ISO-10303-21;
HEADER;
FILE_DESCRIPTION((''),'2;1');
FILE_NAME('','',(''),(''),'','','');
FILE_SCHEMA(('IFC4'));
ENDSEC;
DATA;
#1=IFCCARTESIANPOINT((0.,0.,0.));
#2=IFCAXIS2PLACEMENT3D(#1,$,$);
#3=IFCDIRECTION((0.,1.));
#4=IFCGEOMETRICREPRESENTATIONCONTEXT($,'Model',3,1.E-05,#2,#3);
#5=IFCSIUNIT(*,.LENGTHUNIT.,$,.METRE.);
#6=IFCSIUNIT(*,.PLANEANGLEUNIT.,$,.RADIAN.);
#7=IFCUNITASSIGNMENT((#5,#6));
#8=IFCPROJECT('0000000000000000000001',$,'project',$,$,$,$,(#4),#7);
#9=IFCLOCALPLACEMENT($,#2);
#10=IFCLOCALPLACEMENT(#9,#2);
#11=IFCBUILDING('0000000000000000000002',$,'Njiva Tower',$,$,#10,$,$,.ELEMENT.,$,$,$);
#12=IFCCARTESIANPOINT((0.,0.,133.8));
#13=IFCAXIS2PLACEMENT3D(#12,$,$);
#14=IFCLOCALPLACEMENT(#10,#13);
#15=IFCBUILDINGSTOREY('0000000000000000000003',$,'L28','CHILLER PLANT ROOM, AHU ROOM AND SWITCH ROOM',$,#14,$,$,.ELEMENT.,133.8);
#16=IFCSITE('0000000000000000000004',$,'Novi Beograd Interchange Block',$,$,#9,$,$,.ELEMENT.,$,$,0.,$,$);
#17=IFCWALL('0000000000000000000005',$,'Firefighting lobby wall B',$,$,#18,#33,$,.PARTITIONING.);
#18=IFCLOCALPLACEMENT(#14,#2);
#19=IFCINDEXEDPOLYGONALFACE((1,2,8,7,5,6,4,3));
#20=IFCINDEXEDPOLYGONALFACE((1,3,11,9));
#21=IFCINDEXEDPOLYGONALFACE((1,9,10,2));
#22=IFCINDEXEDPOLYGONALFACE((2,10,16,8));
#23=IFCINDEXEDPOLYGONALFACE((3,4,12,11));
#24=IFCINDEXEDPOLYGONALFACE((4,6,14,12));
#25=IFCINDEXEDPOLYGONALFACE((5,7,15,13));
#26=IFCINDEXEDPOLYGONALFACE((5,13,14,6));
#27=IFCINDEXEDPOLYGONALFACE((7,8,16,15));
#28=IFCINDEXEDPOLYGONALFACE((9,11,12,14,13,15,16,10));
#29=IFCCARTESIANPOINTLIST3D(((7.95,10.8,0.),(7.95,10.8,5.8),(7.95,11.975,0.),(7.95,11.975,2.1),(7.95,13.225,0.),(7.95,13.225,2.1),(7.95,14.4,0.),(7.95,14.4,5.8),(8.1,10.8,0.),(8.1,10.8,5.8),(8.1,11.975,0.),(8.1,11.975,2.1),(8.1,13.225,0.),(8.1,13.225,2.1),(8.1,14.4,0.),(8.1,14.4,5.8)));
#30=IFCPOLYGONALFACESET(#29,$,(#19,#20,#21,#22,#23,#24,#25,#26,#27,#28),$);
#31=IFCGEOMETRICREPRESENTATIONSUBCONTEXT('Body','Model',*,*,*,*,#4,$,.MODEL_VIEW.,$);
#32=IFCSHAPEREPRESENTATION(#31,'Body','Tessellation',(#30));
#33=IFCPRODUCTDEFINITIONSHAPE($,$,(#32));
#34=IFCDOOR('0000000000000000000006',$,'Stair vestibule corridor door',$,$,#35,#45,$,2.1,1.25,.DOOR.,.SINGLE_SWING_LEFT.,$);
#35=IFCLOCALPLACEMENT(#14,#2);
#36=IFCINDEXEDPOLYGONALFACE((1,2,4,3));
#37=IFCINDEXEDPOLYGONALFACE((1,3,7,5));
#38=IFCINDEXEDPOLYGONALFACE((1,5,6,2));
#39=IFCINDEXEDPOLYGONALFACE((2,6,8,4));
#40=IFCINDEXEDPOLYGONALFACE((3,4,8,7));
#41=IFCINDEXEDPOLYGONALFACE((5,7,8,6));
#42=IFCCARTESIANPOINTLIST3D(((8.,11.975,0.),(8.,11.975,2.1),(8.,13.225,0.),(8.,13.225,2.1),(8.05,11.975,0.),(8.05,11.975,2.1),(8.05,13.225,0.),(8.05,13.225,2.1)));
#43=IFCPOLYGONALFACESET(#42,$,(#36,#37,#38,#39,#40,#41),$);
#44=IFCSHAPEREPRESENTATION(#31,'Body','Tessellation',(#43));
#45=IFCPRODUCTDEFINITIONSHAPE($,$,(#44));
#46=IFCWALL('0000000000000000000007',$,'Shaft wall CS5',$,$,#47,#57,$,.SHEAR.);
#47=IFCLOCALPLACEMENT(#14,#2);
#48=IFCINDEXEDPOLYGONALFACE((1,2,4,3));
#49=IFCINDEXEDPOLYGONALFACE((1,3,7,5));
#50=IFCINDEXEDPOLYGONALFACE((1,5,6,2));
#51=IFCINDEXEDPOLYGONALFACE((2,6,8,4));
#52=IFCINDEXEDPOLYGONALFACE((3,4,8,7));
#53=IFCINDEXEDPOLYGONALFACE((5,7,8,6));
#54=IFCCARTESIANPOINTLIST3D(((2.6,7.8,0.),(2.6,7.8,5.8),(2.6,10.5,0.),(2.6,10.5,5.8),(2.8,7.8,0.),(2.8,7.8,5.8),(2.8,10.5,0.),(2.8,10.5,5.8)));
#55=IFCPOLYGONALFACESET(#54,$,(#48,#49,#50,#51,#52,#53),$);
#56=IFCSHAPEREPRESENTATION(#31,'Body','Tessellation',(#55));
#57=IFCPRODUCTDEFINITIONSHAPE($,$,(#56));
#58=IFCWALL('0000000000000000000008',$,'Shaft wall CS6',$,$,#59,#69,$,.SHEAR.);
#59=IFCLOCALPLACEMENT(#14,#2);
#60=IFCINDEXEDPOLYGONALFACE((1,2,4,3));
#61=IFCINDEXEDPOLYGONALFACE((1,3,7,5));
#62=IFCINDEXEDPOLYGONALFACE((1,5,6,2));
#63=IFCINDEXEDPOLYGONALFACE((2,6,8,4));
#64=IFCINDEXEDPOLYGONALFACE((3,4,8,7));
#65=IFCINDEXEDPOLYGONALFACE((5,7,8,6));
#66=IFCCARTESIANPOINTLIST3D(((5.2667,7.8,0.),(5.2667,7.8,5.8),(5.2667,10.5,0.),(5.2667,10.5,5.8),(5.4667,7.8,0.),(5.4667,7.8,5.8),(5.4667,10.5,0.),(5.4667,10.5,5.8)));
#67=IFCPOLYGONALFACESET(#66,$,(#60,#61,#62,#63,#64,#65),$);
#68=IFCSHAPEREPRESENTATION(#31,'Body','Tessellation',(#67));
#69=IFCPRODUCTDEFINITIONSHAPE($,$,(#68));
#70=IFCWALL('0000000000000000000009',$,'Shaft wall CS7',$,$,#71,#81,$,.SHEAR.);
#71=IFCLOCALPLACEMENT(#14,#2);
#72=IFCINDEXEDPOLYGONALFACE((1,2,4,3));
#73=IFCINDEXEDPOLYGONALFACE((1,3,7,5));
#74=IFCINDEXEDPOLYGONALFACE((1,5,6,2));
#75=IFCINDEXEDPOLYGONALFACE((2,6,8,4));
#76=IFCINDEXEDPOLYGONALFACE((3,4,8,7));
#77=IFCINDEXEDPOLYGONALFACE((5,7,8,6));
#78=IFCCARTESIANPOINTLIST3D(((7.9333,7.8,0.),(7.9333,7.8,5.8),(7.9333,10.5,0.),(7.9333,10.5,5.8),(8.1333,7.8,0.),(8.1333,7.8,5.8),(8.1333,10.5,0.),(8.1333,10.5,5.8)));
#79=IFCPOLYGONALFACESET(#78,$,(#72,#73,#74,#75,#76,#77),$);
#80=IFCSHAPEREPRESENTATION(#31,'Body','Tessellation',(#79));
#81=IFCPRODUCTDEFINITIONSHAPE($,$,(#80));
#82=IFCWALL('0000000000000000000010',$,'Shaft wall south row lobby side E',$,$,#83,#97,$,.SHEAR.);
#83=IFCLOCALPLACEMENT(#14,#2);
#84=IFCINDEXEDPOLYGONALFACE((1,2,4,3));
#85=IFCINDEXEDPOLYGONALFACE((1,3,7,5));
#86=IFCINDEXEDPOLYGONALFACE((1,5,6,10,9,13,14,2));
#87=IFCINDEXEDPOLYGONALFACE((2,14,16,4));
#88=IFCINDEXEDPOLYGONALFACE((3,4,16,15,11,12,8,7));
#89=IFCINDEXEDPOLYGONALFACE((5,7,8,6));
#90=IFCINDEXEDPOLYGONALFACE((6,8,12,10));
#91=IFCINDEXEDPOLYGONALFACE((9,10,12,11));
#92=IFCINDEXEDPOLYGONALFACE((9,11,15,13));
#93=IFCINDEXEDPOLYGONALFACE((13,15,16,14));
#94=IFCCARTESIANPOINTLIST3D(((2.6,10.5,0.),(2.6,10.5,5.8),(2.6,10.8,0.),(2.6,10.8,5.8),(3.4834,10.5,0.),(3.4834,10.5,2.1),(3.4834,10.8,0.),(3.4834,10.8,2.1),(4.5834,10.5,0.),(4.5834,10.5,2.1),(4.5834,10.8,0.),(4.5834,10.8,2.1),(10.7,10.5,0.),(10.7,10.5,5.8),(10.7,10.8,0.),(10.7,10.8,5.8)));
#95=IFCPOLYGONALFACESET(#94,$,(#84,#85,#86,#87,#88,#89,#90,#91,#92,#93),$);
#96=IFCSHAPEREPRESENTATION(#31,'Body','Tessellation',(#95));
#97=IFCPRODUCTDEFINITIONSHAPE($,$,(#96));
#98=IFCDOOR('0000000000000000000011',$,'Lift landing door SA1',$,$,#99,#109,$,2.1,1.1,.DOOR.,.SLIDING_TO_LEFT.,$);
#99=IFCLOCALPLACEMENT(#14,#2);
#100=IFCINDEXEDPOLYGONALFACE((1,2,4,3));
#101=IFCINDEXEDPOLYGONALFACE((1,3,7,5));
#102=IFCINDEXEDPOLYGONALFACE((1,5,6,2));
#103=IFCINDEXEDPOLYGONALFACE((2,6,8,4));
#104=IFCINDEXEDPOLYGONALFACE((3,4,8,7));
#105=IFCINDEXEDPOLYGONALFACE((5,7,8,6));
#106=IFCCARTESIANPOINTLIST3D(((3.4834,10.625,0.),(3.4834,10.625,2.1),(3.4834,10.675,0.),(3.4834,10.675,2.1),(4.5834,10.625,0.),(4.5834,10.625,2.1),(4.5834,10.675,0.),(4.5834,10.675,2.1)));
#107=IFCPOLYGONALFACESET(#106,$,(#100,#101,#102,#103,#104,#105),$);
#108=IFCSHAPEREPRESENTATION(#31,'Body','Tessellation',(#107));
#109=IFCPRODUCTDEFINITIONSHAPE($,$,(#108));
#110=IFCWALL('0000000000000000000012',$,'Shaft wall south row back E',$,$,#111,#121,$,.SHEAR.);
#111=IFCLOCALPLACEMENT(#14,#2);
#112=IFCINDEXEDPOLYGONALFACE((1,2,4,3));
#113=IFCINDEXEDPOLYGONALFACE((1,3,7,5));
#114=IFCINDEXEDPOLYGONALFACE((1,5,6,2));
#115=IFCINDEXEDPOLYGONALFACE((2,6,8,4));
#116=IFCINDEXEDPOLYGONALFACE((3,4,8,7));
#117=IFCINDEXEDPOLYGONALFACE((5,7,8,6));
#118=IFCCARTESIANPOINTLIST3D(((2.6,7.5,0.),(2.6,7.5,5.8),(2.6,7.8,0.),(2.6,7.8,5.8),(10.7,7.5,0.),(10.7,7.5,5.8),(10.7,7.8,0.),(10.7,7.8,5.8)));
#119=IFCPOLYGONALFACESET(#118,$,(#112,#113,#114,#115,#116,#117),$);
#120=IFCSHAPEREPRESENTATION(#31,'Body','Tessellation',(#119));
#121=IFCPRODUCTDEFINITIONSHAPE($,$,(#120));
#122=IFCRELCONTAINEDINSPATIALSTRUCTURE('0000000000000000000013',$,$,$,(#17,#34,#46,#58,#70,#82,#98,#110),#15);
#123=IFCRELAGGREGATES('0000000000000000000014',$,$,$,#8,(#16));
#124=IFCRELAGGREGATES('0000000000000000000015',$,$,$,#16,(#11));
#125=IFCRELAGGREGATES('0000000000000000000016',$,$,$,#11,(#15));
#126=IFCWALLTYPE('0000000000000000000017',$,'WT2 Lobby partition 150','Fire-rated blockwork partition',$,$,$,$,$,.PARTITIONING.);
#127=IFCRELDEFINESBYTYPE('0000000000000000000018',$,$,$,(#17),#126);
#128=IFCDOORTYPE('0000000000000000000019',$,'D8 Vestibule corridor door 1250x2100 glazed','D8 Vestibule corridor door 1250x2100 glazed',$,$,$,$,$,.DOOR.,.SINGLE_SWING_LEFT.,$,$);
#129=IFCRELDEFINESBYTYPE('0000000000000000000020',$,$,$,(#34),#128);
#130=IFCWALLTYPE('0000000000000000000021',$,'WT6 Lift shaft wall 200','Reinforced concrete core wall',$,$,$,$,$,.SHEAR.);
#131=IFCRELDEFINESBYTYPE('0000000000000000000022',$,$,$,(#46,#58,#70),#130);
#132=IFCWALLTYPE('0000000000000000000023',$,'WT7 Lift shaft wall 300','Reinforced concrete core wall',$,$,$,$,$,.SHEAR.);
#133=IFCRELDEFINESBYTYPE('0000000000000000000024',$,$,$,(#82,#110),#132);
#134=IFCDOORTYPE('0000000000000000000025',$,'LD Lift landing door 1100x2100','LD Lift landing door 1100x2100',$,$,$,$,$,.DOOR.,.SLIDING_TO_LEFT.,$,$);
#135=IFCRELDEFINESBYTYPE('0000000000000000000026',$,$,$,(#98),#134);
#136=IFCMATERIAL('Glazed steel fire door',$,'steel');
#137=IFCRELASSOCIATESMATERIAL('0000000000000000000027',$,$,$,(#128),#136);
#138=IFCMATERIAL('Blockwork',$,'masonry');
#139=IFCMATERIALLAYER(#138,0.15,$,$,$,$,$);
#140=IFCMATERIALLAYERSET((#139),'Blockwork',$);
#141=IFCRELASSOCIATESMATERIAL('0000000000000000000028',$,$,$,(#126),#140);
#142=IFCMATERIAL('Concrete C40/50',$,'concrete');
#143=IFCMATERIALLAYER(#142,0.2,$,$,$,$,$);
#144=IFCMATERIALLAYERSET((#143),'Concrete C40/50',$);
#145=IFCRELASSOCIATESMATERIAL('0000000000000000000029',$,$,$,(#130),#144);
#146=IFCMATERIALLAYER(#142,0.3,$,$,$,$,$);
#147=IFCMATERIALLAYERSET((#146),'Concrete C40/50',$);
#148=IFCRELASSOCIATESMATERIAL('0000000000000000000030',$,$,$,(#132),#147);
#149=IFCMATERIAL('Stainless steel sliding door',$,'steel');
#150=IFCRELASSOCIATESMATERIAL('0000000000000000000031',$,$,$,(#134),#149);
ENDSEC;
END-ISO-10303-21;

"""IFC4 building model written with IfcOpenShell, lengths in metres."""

from ifc_helpers import new_model, si_unit, direction, frame, frame_2d, origin, place, context, subcontext, project, spatial, rectangle, extrude, material, layer, layer_set, type_object, element, fill, save


model = new_model("IFC4")

# Units and contexts
model_context = context("Model", 3, precision=1e-05, world=origin(), true_north=direction((0.0, 1.0)))
body_context = subcontext(model_context, "Body", "Model", "MODEL_VIEW")
ifc_project = project(units=[si_unit("LENGTHUNIT", "METRE"), si_unit("PLANEANGLEUNIT", "RADIAN")], contexts=[model_context])

# Site, building, storey
site_placement = place(None, origin())
site = spatial("IfcSite", under=ifc_project, at=site_placement, Name="Novi Beograd Interchange Block", CompositionType="ELEMENT", RefElevation=0.0)
building_placement = place(site_placement, origin())
building = spatial("IfcBuilding", under=site, at=building_placement, Name="Njiva Tower", CompositionType="ELEMENT")
storey_placement = place(building_placement, frame((0.0, 0.0, 133.8)))
storey = spatial("IfcBuildingStorey", under=building, at=storey_placement, Name="L28", Description="CHILLER PLANT ROOM, AHU ROOM AND SWITCH ROOM", CompositionType="ELEMENT", Elevation=133.8)

# Shared definitions
ifc_material_1 = material(Name="Blockwork", Category="masonry")

# Shared definitions
ifc_material_2 = material(Name="Concrete C40/50", Category="concrete")
ifc_material_3 = material(Name="Glazed steel fire door", Category="steel")
door_type_1 = type_object("IfcDoorType", Name="D8 Vestibule corridor door 1250x2100 glazed", Description="D8 Vestibule corridor door 1250x2100 glazed", OperationType="SINGLE_SWING_LEFT", PredefinedType="DOOR", material=ifc_material_3)

# Wall, opening, door
ifc_layer_1 = layer(ifc_material_1, 0.15)
ifc_layer_set_1 = layer_set([ifc_layer_1], Name="Blockwork")
wall_type_1 = type_object("IfcWallType", Name="WT2 Lobby partition 150", Description="Fire-rated blockwork partition", PredefinedType="PARTITIONING", material=ifc_layer_set_1)
wall_1_placement = place(storey_placement, frame((8.025, 10.8, 0.0), z_axis=(0.0, 0.0, 1.0), x_axis=(0.0, 1.0, 0.0)))
wall_1 = element("IfcWall", 1, at=wall_1_placement, inside=storey, type_object=wall_type_1, Name="Firefighting lobby wall B", PredefinedType="PARTITIONING", context=body_context, shape_type="SweptSolid", body=[
    extrude(rectangle(XDim=3.6, YDim=0.15, at=frame_2d((1.8, 0.0))), origin(), (0.0, 0.0, 1.0), 5.8),
])
opening_1_placement = place(wall_1_placement, frame((1.175, 0.0, 0.0)))
opening_1 = element("IfcOpeningElement", 2, at=opening_1_placement, cuts=wall_1, PredefinedType="OPENING", context=body_context, shape_type="SweptSolid", body=[
    extrude(rectangle(XDim=1.25, YDim=2.1, at=frame_2d((0.625, 1.05))), frame((0.0, 0.085, 0.0), z_axis=(0.0, -1.0, 0.0), x_axis=(1.0, 0.0, 0.0)), (0.0, 0.0, 1.0), 0.17),
])
door_1_placement = place(opening_1_placement, origin())
door_1 = element("IfcDoor", 3, at=door_1_placement, inside=storey, type_object=door_type_1, Name="Stair vestibule corridor door", OperationType="SINGLE_SWING_LEFT", OverallHeight=2.1, OverallWidth=1.25, PredefinedType="DOOR", context=body_context, shape_type="SweptSolid", body=[
    extrude(rectangle(XDim=1.25, YDim=2.1, at=frame_2d((0.625, 1.05))), frame((0.0, 0.025, 0.0), z_axis=(0.0, -1.0, 0.0), x_axis=(1.0, 0.0, 0.0)), (0.0, 0.0, 1.0), 0.05),
])
fill(opening_1, door_1)

# Walls
ifc_layer_2 = layer(ifc_material_2, 0.2)
ifc_layer_set_2 = layer_set([ifc_layer_2], Name="Concrete C40/50")
wall_type_2 = type_object("IfcWallType", Name="WT6 Lift shaft wall 200", Description="Reinforced concrete core wall", PredefinedType="SHEAR", material=ifc_layer_set_2)
for number, where, z_axis, x_axis, name in (
    (4, (2.7, 7.8, 0.0), (0.0, 0.0, 1.0), (0.0, 1.0, 0.0), "Shaft wall CS5"),
    (5, (5.3667, 7.8, 0.0), (0.0, 0.0, 1.0), (0.0, 1.0, 0.0), "Shaft wall CS6"),
    (6, (8.0333, 7.8, 0.0), (0.0, 0.0, 1.0), (0.0, 1.0, 0.0), "Shaft wall CS7"),
):
    element("IfcWall", number, at=place(storey_placement, frame(where, z_axis=z_axis, x_axis=x_axis)), inside=storey, type_object=wall_type_2, Name=name, PredefinedType="SHEAR", context=body_context, shape_type="SweptSolid", body=[
        extrude(rectangle(XDim=2.7, YDim=0.2, at=frame_2d((1.35, 0.0))), origin(), (0.0, 0.0, 1.0), 5.8),
    ])

# Wall, opening, door
ifc_layer_3 = layer(ifc_material_2, 0.3)
ifc_layer_set_3 = layer_set([ifc_layer_3], Name="Concrete C40/50")
wall_type_3 = type_object("IfcWallType", Name="WT7 Lift shaft wall 300", Description="Reinforced concrete core wall", PredefinedType="SHEAR", material=ifc_layer_set_3)
wall_2_placement = place(storey_placement, frame((2.6, 10.65, 0.0), z_axis=(0.0, 0.0, 1.0), x_axis=(1.0, 0.0, 0.0)))
wall_2 = element("IfcWall", 7, at=wall_2_placement, inside=storey, type_object=wall_type_3, Name="Shaft wall south row lobby side E", PredefinedType="SHEAR", context=body_context, shape_type="SweptSolid", body=[
    extrude(rectangle(XDim=8.1, YDim=0.3, at=frame_2d((4.05, 0.0))), origin(), (0.0, 0.0, 1.0), 5.8),
])
opening_2_placement = place(wall_2_placement, frame((0.8834, 0.0, 0.0)))
opening_2 = element("IfcOpeningElement", 8, at=opening_2_placement, cuts=wall_2, PredefinedType="OPENING", context=body_context, shape_type="SweptSolid", body=[
    extrude(rectangle(XDim=1.1, YDim=2.1, at=frame_2d((0.55, 1.05))), frame((0.0, 0.16, 0.0), z_axis=(0.0, -1.0, 0.0), x_axis=(1.0, 0.0, 0.0)), (0.0, 0.0, 1.0), 0.32),
])
ifc_material_4 = material(Name="Stainless steel sliding door", Category="steel")
door_type_2 = type_object("IfcDoorType", Name="LD Lift landing door 1100x2100", Description="LD Lift landing door 1100x2100", OperationType="SLIDING_TO_LEFT", PredefinedType="DOOR", material=ifc_material_4)
door_2_placement = place(opening_2_placement, origin())
door_2 = element("IfcDoor", 9, at=door_2_placement, inside=storey, type_object=door_type_2, Name="Lift landing door SA1", OperationType="SLIDING_TO_LEFT", OverallHeight=2.1, OverallWidth=1.1, PredefinedType="DOOR", context=body_context, shape_type="SweptSolid", body=[
    extrude(rectangle(XDim=1.1, YDim=2.1, at=frame_2d((0.55, 1.05))), frame((0.0, 0.025, 0.0), z_axis=(0.0, -1.0, 0.0), x_axis=(1.0, 0.0, 0.0)), (0.0, 0.0, 1.0), 0.05),
])
fill(opening_2, door_2)

# Wall
wall_3_placement = place(storey_placement, frame((2.6, 7.65, 0.0), z_axis=(0.0, 0.0, 1.0), x_axis=(1.0, 0.0, 0.0)))
element("IfcWall", 10, at=wall_3_placement, inside=storey, type_object=wall_type_3, Name="Shaft wall south row back E", PredefinedType="SHEAR", context=body_context, shape_type="SweptSolid", body=[
    extrude(rectangle(XDim=8.1, YDim=0.3, at=frame_2d((4.05, 0.0))), origin(), (0.0, 0.0, 1.0), 5.8),
])

save(model, "model.ifc")
